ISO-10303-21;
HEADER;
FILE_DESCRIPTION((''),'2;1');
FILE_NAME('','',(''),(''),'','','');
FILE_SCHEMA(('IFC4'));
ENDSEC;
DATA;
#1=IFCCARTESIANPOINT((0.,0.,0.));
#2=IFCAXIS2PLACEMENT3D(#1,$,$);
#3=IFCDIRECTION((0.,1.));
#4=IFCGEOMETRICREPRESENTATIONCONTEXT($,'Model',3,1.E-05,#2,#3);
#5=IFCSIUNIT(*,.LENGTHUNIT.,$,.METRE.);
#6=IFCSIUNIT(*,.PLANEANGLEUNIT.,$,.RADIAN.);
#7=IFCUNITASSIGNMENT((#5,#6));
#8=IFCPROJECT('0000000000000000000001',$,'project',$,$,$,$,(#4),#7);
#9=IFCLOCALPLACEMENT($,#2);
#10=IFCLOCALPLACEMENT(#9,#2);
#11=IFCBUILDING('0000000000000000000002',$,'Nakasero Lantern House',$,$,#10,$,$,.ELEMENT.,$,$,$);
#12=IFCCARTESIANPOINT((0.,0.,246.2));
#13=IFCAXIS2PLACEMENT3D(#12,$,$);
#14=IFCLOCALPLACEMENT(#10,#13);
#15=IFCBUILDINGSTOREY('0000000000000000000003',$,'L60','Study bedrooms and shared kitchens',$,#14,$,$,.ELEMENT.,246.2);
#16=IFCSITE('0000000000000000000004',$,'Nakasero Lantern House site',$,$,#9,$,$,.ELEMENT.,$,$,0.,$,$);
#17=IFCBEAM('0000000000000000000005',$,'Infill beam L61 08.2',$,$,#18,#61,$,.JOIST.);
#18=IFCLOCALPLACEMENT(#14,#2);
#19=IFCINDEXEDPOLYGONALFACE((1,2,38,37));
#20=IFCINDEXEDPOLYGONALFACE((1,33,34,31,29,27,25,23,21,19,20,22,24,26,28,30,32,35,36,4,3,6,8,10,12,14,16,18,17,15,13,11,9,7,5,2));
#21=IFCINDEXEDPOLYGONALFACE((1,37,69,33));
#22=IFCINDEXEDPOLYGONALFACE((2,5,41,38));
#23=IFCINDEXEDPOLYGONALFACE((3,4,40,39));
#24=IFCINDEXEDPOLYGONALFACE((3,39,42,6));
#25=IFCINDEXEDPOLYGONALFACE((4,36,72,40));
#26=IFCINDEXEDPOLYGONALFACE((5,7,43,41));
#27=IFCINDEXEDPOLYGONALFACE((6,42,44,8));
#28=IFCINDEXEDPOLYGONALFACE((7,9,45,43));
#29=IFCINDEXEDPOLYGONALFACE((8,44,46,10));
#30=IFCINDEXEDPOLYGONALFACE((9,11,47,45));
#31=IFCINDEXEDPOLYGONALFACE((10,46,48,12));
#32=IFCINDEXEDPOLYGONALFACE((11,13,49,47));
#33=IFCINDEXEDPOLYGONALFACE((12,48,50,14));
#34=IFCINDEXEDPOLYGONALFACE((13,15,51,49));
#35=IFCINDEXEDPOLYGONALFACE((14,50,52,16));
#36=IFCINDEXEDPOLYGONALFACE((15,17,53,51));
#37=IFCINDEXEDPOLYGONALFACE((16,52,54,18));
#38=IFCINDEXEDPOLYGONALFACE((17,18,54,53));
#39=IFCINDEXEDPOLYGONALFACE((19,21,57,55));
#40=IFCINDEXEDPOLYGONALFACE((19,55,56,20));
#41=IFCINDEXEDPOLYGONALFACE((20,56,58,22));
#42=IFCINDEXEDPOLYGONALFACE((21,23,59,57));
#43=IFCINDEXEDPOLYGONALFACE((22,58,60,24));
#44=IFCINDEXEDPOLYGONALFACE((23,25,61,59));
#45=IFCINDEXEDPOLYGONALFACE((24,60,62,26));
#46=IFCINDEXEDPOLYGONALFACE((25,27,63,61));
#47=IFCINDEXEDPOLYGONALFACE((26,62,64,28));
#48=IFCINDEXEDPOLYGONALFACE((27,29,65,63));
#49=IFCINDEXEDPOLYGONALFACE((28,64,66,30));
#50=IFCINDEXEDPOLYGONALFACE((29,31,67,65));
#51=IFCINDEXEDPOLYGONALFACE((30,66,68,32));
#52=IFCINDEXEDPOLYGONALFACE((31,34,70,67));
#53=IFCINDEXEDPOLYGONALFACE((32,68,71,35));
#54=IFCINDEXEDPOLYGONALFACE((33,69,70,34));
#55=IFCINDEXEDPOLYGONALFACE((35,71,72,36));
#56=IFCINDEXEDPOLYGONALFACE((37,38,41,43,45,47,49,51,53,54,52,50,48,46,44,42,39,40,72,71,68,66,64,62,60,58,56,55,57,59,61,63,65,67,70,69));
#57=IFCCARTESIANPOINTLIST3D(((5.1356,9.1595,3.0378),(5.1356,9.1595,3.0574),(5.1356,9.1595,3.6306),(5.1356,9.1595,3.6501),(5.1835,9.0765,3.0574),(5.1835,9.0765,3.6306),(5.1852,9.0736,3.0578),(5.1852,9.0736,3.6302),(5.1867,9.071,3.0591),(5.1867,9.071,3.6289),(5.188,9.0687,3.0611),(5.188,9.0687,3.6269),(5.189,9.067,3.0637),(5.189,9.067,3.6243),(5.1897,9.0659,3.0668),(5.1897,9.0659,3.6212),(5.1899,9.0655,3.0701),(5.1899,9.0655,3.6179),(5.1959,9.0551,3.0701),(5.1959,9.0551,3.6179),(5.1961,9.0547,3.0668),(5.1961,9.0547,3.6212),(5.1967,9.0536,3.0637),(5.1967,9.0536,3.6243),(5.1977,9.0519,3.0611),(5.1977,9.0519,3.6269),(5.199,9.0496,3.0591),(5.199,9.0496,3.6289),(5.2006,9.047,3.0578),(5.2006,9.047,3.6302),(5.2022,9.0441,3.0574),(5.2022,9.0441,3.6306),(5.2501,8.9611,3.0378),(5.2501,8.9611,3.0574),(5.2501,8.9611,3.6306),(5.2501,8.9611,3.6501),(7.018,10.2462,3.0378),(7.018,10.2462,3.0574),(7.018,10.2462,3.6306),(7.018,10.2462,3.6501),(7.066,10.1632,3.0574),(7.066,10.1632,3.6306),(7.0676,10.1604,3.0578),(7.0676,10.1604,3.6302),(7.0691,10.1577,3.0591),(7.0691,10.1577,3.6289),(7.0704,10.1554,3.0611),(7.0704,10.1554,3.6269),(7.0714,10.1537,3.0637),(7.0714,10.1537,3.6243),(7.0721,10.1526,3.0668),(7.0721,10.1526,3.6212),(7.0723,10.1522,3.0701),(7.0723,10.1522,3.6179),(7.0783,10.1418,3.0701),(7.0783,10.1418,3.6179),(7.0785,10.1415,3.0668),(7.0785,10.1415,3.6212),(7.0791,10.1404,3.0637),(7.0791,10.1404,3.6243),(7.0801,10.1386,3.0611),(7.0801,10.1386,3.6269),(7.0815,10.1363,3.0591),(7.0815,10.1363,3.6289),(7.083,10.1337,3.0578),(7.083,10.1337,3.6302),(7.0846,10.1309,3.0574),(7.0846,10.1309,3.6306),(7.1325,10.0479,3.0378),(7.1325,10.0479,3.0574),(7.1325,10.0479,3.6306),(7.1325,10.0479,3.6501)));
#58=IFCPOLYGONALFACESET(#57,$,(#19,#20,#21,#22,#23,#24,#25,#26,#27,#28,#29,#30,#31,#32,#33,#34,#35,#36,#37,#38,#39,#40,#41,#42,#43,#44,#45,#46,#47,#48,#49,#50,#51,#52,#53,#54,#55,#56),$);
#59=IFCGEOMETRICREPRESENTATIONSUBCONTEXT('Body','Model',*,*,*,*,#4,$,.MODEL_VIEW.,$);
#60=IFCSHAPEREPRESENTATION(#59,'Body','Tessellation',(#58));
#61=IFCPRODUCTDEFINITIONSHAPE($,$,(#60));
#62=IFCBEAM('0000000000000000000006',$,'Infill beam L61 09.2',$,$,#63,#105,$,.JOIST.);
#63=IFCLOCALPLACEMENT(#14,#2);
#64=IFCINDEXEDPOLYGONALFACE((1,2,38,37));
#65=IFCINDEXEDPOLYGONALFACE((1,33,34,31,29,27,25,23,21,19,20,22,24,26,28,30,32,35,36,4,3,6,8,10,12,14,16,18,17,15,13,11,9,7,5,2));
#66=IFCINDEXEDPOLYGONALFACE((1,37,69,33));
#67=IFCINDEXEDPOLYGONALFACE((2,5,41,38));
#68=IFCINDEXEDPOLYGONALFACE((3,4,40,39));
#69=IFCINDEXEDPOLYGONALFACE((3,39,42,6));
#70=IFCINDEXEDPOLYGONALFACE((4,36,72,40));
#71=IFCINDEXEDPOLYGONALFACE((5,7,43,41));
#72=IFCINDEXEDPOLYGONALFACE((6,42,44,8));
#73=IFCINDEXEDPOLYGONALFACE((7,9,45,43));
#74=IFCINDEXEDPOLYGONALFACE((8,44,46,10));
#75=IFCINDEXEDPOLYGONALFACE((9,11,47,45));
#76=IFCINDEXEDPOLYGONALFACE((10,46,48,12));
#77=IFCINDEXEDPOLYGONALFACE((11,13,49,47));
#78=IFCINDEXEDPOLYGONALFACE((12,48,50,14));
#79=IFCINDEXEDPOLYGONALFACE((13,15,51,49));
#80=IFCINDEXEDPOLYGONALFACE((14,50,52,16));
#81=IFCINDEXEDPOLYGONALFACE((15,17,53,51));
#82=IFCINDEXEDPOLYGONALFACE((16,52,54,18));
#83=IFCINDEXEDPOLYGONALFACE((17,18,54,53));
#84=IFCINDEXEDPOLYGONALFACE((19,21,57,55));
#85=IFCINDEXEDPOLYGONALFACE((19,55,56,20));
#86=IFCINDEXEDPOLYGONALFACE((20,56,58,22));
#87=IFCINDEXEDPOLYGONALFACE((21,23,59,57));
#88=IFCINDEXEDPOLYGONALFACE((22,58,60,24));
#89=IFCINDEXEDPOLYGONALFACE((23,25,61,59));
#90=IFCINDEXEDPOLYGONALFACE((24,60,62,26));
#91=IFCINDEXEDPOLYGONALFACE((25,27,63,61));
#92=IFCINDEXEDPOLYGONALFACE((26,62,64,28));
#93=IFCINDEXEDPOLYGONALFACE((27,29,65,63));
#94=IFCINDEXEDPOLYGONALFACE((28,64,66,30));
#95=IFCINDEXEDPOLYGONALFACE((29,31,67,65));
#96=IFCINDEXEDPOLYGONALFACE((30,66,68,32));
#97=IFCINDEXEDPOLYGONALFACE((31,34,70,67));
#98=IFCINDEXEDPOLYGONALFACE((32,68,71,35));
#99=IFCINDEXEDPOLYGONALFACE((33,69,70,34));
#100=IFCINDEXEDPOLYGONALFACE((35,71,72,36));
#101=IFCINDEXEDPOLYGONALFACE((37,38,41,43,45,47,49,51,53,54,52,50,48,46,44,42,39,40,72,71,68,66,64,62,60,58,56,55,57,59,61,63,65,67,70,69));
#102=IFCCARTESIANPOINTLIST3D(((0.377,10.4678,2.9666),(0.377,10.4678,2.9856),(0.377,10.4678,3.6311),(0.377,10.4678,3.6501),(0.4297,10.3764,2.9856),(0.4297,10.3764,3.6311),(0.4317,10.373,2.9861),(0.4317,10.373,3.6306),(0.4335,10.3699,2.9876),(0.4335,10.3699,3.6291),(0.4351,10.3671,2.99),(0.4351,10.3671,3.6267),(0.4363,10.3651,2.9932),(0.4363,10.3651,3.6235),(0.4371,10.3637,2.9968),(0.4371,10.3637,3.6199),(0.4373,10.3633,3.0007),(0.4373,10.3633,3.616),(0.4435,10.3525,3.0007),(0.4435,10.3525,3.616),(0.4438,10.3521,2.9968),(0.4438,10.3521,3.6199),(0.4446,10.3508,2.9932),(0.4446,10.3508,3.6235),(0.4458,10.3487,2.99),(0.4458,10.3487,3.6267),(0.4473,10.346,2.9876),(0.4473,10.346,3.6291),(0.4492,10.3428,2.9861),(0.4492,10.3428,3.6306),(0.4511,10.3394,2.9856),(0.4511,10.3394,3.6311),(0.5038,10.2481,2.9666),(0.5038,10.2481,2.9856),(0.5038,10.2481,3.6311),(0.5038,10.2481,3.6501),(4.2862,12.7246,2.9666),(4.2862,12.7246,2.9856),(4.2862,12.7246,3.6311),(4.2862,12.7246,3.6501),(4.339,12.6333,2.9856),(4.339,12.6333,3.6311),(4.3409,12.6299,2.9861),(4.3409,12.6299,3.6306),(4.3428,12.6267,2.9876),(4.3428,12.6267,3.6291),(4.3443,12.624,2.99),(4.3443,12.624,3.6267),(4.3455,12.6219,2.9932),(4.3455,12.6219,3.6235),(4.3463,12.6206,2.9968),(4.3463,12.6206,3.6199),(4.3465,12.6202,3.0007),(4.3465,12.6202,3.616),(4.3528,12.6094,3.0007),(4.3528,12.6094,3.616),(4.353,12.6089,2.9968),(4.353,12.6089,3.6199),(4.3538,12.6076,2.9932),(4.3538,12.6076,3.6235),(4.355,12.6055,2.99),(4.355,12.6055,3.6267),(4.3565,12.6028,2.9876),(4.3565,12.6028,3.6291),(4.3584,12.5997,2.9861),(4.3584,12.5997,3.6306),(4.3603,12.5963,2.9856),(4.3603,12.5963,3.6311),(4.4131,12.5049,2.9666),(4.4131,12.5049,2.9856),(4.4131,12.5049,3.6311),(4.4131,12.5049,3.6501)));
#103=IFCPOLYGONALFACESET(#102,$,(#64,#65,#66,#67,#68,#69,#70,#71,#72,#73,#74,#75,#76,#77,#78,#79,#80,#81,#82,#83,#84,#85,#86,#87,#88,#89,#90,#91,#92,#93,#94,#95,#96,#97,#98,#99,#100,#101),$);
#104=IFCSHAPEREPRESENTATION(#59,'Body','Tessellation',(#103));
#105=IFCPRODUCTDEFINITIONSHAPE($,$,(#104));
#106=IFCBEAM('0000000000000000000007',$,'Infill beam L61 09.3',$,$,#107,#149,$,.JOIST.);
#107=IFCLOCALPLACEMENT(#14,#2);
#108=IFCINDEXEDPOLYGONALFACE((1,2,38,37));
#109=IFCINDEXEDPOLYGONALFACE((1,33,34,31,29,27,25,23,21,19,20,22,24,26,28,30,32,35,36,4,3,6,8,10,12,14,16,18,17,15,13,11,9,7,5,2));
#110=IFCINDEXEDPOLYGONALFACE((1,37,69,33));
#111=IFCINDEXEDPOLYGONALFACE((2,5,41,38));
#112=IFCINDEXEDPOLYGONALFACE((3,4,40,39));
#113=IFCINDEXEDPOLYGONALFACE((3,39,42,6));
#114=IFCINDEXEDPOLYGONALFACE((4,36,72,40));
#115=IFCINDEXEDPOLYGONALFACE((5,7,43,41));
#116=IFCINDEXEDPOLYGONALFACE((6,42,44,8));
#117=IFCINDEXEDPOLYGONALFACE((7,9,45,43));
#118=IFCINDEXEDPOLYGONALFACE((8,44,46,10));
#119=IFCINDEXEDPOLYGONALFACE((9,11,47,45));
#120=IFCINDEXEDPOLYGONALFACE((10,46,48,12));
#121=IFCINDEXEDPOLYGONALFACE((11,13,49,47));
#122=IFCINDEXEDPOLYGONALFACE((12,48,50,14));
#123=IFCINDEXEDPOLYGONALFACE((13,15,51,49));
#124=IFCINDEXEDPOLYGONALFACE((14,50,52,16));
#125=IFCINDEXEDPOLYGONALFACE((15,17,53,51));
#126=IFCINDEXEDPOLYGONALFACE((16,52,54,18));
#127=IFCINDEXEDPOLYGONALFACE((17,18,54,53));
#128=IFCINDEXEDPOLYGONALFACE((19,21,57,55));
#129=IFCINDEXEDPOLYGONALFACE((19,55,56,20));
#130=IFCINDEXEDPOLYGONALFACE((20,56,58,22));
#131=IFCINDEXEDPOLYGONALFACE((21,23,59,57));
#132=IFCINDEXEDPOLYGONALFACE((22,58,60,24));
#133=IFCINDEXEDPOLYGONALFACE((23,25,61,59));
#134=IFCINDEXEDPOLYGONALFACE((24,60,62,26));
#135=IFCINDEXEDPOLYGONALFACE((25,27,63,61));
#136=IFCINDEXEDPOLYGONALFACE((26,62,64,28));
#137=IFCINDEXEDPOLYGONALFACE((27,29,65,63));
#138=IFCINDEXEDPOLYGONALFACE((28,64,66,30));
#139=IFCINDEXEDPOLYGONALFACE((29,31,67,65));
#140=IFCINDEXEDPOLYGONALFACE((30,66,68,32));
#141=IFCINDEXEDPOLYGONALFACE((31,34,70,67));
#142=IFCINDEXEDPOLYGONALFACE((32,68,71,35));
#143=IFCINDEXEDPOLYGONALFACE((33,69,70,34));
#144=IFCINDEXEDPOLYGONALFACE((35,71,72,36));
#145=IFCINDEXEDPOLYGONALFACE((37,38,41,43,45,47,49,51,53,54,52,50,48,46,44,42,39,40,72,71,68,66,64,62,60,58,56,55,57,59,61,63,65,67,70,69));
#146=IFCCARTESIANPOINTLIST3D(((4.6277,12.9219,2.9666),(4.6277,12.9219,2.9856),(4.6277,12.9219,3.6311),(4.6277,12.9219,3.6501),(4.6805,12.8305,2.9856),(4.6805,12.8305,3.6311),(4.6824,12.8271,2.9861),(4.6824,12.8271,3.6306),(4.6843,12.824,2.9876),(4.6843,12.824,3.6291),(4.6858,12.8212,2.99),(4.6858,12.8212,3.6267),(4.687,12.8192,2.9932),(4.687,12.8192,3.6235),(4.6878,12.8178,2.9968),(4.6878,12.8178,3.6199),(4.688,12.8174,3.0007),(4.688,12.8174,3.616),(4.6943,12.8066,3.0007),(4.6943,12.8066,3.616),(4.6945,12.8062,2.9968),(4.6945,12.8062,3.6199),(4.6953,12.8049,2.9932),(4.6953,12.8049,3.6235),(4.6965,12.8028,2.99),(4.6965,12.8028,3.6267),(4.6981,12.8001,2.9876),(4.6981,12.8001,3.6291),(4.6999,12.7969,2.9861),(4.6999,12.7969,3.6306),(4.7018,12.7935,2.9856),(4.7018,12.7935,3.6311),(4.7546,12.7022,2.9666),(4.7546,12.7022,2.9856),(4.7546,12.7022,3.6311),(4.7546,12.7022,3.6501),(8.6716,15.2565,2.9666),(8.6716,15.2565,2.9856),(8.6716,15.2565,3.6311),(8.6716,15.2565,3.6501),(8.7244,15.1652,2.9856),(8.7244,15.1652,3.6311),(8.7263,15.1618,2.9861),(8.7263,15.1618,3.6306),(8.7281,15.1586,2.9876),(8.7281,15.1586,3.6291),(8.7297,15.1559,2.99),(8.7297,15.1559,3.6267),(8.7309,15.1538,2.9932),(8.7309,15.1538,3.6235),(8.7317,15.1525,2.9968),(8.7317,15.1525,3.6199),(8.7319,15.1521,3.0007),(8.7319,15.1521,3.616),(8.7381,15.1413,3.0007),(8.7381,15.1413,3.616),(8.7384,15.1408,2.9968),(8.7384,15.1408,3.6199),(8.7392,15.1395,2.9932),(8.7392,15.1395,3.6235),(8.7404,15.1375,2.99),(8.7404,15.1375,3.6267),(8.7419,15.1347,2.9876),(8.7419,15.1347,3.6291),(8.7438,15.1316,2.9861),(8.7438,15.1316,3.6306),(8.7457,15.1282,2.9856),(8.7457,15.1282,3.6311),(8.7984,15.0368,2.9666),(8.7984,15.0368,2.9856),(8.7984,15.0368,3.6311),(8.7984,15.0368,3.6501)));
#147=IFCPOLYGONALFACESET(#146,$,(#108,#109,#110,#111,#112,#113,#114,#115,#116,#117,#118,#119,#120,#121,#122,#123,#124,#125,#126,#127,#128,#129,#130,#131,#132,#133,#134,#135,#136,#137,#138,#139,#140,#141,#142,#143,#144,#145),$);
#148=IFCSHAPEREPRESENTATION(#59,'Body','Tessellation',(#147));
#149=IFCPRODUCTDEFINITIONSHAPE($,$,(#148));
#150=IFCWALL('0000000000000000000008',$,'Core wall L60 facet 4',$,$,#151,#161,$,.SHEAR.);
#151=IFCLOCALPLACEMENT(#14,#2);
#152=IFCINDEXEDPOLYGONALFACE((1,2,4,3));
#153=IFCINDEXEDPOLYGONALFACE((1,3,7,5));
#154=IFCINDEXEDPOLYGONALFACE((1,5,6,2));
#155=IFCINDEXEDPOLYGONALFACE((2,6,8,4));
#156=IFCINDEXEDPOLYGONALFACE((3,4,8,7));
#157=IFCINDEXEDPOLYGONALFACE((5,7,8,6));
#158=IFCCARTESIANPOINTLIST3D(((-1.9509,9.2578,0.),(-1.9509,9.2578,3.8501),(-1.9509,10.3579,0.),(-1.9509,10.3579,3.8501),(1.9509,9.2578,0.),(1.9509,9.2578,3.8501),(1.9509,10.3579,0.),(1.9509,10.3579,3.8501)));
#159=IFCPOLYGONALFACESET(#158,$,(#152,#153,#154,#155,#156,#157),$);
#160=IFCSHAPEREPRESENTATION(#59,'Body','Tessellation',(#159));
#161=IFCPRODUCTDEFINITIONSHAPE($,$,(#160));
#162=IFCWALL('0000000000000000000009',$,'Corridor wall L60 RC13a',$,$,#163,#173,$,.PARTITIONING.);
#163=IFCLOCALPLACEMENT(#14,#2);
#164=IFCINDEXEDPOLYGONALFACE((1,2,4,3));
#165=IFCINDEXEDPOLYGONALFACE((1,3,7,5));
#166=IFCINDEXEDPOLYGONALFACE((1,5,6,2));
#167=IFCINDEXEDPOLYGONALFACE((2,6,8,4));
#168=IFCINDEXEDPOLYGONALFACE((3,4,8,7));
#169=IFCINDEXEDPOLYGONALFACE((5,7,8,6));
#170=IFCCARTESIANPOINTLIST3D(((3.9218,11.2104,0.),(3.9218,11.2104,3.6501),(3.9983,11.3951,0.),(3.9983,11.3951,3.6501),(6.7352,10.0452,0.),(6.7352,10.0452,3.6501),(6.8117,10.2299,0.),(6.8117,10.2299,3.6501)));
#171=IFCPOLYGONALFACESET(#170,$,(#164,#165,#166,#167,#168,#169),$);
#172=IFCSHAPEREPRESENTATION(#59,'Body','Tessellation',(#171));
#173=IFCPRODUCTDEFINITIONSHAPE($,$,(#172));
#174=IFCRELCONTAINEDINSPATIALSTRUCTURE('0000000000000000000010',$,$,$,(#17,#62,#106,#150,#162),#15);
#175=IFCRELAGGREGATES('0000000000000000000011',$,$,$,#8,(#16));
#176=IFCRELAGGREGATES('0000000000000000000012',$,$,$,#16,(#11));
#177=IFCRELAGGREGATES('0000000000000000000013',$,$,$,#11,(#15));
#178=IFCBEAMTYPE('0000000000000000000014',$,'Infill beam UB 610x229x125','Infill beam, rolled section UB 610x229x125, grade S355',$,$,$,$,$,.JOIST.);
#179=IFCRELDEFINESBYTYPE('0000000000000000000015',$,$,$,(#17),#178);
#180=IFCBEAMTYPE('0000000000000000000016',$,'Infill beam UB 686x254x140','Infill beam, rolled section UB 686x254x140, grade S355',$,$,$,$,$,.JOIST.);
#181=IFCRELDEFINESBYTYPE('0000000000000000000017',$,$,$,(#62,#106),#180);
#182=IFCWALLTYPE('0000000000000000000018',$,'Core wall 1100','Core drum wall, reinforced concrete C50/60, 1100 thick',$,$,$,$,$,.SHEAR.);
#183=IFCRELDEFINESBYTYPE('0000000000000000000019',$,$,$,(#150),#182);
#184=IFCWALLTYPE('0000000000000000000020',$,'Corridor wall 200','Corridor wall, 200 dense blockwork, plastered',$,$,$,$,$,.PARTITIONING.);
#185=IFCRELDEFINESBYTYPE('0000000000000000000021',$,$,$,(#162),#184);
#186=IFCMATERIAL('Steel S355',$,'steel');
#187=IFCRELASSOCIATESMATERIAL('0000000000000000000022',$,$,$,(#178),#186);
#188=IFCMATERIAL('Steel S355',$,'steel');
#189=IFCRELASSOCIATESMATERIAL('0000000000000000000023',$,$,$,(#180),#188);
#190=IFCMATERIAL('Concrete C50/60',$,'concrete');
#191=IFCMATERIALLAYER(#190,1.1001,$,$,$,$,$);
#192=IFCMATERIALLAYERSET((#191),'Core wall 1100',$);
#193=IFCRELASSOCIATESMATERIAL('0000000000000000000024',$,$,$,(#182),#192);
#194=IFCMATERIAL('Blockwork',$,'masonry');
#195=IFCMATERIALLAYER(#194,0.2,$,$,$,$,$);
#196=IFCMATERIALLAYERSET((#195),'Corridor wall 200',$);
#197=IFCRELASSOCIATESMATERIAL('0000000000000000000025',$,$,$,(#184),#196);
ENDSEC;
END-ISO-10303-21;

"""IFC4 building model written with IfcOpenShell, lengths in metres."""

from ifc_helpers import new_model, si_unit, direction, frame, frame_2d, origin, origin_2d, place, context, subcontext, project, spatial, rectangle, i_section, extrude, material, layer, layer_set, material_profile, profile_set, type_object, element, save


model = new_model("IFC4")

# Units and contexts
model_context = context("Model", 3, precision=1e-05, world=origin(), true_north=direction((0.0, 1.0)))
body_context = subcontext(model_context, "Body", "Model", "MODEL_VIEW")
ifc_project = project(units=[si_unit("LENGTHUNIT", "METRE"), si_unit("PLANEANGLEUNIT", "RADIAN")], contexts=[model_context])

# Site, building, storey
site_placement = place(None, origin())
site = spatial("IfcSite", under=ifc_project, at=site_placement, Name="Nakasero Lantern House site", CompositionType="ELEMENT", RefElevation=0.0)
building_placement = place(site_placement, origin())
building = spatial("IfcBuilding", under=site, at=building_placement, Name="Nakasero Lantern House", CompositionType="ELEMENT")
storey_placement = place(building_placement, frame((0.0, 0.0, 246.2)))
storey = spatial("IfcBuildingStorey", under=building, at=storey_placement, Name="L60", Description="Study bedrooms and shared kitchens", CompositionType="ELEMENT", Elevation=246.2)

# Beams
ifc_material_1 = material(Name="Steel S355", Category="steel")
ifc_material_profile_1 = material_profile(ifc_material_1, i_section(OverallWidth=0.229, OverallDepth=0.6123, WebThickness=0.012, FlangeThickness=0.0195, FilletRadius=0.0127, at=origin_2d()), Name="UB 610x229x125")
ifc_profile_set_1 = profile_set([ifc_material_profile_1], Name="Steel S355")
beam_type_1 = type_object("IfcBeamType", Name="Infill beam UB 610x229x125", Description="Infill beam, rolled section UB 610x229x125, grade S355", PredefinedType="JOIST", material=ifc_profile_set_1)
beam_1_placement = place(storey_placement, frame((5.1929, 9.0603, 3.344), z_axis=(0.866043, 0.499969, 0.0), x_axis=(-0.499969, 0.866043, 0.0)))
element("IfcBeam", 1, at=beam_1_placement, inside=storey, type_object=beam_type_1, Name="Infill beam L61 08.2", PredefinedType="JOIST", context=body_context, shape_type="SweptSolid", body=[
    extrude(i_section(OverallWidth=0.229, OverallDepth=0.6123, WebThickness=0.012, FlangeThickness=0.0195, FilletRadius=0.0127, at=origin_2d()), origin(), (0.0, 0.0, 1.0), 2.1736),
])
ifc_material_2 = material(Name="Steel S355", Category="steel")
ifc_material_profile_2 = material_profile(ifc_material_2, i_section(OverallWidth=0.2537, OverallDepth=0.6836, WebThickness=0.0125, FlangeThickness=0.019, FilletRadius=0.0151, at=origin_2d()), Name="UB 686x254x140")
ifc_profile_set_2 = profile_set([ifc_material_profile_2], Name="Steel S355")
beam_type_2 = type_object("IfcBeamType", Name="Infill beam UB 686x254x140", Description="Infill beam, rolled section UB 686x254x140, grade S355", PredefinedType="JOIST", material=ifc_profile_set_2)
beam_2_placement = place(storey_placement, frame((0.4404, 10.3579, 3.3083), z_axis=(0.866038, 0.499978, 0.0), x_axis=(-0.499978, 0.866038, 0.0)))
element("IfcBeam", 2, at=beam_2_placement, inside=storey, type_object=beam_type_2, Name="Infill beam L61 09.2", PredefinedType="JOIST", context=body_context, shape_type="SweptSolid", body=[
    extrude(i_section(OverallWidth=0.2537, OverallDepth=0.6836, WebThickness=0.0125, FlangeThickness=0.019, FilletRadius=0.0151, at=origin_2d()), origin(), (0.0, 0.0, 1.0), 4.5139),
])
beam_3_placement = place(storey_placement, frame((4.6912, 12.812, 3.3083), z_axis=(0.866031, 0.499991, 0.0), x_axis=(-0.499991, 0.866031, 0.0)))
element("IfcBeam", 3, at=beam_3_placement, inside=storey, type_object=beam_type_2, Name="Infill beam L61 09.3", PredefinedType="JOIST", context=body_context, shape_type="SweptSolid", body=[
    extrude(i_section(OverallWidth=0.2537, OverallDepth=0.6836, WebThickness=0.0125, FlangeThickness=0.019, FilletRadius=0.0151, at=origin_2d()), origin(), (0.0, 0.0, 1.0), 4.6694),
])

# Walls
ifc_material_3 = material(Name="Concrete C50/60", Category="concrete")
ifc_layer_1 = layer(ifc_material_3, 1.1001)
ifc_layer_set_1 = layer_set([ifc_layer_1], Name="Core wall 1100")
wall_type_1 = type_object("IfcWallType", Name="Core wall 1100", Description="Core drum wall, reinforced concrete C50/60, 1100 thick", PredefinedType="SHEAR", material=ifc_layer_set_1)
wall_1_placement = place(storey_placement, frame((1.9509, 9.8079, 0.0), z_axis=(0.0, 0.0, 1.0), x_axis=(-1.0, 0.0, 0.0)))
element("IfcWall", 4, at=wall_1_placement, inside=storey, type_object=wall_type_1, Name="Core wall L60 facet 4", PredefinedType="SHEAR", context=body_context, shape_type="SweptSolid", body=[
    extrude(rectangle(XDim=3.9019, YDim=1.1001, at=frame_2d((1.9509, 0.0))), origin(), (0.0, 0.0, 1.0), 3.8501),
])
ifc_material_4 = material(Name="Blockwork", Category="masonry")
ifc_layer_2 = layer(ifc_material_4, 0.2)
ifc_layer_set_2 = layer_set([ifc_layer_2], Name="Corridor wall 200")
wall_type_2 = type_object("IfcWallType", Name="Corridor wall 200", Description="Corridor wall, 200 dense blockwork, plastered", PredefinedType="PARTITIONING", material=ifc_layer_set_2)
wall_2_placement = place(storey_placement, frame((3.9602, 11.3027, 0.0), z_axis=(0.0, 0.0, 1.0), x_axis=(0.923891, -0.382656, 0.0)))
element("IfcWall", 5, at=wall_2_placement, inside=storey, type_object=wall_type_2, Name="Corridor wall L60 RC13a", PredefinedType="PARTITIONING", context=body_context, shape_type="SweptSolid", body=[
    extrude(rectangle(XDim=3.0452, YDim=0.2, at=frame_2d((1.5225, 0.0))), origin(), (0.0, 0.0, 1.0), 3.6501),
])

save(model, "model.ifc")
